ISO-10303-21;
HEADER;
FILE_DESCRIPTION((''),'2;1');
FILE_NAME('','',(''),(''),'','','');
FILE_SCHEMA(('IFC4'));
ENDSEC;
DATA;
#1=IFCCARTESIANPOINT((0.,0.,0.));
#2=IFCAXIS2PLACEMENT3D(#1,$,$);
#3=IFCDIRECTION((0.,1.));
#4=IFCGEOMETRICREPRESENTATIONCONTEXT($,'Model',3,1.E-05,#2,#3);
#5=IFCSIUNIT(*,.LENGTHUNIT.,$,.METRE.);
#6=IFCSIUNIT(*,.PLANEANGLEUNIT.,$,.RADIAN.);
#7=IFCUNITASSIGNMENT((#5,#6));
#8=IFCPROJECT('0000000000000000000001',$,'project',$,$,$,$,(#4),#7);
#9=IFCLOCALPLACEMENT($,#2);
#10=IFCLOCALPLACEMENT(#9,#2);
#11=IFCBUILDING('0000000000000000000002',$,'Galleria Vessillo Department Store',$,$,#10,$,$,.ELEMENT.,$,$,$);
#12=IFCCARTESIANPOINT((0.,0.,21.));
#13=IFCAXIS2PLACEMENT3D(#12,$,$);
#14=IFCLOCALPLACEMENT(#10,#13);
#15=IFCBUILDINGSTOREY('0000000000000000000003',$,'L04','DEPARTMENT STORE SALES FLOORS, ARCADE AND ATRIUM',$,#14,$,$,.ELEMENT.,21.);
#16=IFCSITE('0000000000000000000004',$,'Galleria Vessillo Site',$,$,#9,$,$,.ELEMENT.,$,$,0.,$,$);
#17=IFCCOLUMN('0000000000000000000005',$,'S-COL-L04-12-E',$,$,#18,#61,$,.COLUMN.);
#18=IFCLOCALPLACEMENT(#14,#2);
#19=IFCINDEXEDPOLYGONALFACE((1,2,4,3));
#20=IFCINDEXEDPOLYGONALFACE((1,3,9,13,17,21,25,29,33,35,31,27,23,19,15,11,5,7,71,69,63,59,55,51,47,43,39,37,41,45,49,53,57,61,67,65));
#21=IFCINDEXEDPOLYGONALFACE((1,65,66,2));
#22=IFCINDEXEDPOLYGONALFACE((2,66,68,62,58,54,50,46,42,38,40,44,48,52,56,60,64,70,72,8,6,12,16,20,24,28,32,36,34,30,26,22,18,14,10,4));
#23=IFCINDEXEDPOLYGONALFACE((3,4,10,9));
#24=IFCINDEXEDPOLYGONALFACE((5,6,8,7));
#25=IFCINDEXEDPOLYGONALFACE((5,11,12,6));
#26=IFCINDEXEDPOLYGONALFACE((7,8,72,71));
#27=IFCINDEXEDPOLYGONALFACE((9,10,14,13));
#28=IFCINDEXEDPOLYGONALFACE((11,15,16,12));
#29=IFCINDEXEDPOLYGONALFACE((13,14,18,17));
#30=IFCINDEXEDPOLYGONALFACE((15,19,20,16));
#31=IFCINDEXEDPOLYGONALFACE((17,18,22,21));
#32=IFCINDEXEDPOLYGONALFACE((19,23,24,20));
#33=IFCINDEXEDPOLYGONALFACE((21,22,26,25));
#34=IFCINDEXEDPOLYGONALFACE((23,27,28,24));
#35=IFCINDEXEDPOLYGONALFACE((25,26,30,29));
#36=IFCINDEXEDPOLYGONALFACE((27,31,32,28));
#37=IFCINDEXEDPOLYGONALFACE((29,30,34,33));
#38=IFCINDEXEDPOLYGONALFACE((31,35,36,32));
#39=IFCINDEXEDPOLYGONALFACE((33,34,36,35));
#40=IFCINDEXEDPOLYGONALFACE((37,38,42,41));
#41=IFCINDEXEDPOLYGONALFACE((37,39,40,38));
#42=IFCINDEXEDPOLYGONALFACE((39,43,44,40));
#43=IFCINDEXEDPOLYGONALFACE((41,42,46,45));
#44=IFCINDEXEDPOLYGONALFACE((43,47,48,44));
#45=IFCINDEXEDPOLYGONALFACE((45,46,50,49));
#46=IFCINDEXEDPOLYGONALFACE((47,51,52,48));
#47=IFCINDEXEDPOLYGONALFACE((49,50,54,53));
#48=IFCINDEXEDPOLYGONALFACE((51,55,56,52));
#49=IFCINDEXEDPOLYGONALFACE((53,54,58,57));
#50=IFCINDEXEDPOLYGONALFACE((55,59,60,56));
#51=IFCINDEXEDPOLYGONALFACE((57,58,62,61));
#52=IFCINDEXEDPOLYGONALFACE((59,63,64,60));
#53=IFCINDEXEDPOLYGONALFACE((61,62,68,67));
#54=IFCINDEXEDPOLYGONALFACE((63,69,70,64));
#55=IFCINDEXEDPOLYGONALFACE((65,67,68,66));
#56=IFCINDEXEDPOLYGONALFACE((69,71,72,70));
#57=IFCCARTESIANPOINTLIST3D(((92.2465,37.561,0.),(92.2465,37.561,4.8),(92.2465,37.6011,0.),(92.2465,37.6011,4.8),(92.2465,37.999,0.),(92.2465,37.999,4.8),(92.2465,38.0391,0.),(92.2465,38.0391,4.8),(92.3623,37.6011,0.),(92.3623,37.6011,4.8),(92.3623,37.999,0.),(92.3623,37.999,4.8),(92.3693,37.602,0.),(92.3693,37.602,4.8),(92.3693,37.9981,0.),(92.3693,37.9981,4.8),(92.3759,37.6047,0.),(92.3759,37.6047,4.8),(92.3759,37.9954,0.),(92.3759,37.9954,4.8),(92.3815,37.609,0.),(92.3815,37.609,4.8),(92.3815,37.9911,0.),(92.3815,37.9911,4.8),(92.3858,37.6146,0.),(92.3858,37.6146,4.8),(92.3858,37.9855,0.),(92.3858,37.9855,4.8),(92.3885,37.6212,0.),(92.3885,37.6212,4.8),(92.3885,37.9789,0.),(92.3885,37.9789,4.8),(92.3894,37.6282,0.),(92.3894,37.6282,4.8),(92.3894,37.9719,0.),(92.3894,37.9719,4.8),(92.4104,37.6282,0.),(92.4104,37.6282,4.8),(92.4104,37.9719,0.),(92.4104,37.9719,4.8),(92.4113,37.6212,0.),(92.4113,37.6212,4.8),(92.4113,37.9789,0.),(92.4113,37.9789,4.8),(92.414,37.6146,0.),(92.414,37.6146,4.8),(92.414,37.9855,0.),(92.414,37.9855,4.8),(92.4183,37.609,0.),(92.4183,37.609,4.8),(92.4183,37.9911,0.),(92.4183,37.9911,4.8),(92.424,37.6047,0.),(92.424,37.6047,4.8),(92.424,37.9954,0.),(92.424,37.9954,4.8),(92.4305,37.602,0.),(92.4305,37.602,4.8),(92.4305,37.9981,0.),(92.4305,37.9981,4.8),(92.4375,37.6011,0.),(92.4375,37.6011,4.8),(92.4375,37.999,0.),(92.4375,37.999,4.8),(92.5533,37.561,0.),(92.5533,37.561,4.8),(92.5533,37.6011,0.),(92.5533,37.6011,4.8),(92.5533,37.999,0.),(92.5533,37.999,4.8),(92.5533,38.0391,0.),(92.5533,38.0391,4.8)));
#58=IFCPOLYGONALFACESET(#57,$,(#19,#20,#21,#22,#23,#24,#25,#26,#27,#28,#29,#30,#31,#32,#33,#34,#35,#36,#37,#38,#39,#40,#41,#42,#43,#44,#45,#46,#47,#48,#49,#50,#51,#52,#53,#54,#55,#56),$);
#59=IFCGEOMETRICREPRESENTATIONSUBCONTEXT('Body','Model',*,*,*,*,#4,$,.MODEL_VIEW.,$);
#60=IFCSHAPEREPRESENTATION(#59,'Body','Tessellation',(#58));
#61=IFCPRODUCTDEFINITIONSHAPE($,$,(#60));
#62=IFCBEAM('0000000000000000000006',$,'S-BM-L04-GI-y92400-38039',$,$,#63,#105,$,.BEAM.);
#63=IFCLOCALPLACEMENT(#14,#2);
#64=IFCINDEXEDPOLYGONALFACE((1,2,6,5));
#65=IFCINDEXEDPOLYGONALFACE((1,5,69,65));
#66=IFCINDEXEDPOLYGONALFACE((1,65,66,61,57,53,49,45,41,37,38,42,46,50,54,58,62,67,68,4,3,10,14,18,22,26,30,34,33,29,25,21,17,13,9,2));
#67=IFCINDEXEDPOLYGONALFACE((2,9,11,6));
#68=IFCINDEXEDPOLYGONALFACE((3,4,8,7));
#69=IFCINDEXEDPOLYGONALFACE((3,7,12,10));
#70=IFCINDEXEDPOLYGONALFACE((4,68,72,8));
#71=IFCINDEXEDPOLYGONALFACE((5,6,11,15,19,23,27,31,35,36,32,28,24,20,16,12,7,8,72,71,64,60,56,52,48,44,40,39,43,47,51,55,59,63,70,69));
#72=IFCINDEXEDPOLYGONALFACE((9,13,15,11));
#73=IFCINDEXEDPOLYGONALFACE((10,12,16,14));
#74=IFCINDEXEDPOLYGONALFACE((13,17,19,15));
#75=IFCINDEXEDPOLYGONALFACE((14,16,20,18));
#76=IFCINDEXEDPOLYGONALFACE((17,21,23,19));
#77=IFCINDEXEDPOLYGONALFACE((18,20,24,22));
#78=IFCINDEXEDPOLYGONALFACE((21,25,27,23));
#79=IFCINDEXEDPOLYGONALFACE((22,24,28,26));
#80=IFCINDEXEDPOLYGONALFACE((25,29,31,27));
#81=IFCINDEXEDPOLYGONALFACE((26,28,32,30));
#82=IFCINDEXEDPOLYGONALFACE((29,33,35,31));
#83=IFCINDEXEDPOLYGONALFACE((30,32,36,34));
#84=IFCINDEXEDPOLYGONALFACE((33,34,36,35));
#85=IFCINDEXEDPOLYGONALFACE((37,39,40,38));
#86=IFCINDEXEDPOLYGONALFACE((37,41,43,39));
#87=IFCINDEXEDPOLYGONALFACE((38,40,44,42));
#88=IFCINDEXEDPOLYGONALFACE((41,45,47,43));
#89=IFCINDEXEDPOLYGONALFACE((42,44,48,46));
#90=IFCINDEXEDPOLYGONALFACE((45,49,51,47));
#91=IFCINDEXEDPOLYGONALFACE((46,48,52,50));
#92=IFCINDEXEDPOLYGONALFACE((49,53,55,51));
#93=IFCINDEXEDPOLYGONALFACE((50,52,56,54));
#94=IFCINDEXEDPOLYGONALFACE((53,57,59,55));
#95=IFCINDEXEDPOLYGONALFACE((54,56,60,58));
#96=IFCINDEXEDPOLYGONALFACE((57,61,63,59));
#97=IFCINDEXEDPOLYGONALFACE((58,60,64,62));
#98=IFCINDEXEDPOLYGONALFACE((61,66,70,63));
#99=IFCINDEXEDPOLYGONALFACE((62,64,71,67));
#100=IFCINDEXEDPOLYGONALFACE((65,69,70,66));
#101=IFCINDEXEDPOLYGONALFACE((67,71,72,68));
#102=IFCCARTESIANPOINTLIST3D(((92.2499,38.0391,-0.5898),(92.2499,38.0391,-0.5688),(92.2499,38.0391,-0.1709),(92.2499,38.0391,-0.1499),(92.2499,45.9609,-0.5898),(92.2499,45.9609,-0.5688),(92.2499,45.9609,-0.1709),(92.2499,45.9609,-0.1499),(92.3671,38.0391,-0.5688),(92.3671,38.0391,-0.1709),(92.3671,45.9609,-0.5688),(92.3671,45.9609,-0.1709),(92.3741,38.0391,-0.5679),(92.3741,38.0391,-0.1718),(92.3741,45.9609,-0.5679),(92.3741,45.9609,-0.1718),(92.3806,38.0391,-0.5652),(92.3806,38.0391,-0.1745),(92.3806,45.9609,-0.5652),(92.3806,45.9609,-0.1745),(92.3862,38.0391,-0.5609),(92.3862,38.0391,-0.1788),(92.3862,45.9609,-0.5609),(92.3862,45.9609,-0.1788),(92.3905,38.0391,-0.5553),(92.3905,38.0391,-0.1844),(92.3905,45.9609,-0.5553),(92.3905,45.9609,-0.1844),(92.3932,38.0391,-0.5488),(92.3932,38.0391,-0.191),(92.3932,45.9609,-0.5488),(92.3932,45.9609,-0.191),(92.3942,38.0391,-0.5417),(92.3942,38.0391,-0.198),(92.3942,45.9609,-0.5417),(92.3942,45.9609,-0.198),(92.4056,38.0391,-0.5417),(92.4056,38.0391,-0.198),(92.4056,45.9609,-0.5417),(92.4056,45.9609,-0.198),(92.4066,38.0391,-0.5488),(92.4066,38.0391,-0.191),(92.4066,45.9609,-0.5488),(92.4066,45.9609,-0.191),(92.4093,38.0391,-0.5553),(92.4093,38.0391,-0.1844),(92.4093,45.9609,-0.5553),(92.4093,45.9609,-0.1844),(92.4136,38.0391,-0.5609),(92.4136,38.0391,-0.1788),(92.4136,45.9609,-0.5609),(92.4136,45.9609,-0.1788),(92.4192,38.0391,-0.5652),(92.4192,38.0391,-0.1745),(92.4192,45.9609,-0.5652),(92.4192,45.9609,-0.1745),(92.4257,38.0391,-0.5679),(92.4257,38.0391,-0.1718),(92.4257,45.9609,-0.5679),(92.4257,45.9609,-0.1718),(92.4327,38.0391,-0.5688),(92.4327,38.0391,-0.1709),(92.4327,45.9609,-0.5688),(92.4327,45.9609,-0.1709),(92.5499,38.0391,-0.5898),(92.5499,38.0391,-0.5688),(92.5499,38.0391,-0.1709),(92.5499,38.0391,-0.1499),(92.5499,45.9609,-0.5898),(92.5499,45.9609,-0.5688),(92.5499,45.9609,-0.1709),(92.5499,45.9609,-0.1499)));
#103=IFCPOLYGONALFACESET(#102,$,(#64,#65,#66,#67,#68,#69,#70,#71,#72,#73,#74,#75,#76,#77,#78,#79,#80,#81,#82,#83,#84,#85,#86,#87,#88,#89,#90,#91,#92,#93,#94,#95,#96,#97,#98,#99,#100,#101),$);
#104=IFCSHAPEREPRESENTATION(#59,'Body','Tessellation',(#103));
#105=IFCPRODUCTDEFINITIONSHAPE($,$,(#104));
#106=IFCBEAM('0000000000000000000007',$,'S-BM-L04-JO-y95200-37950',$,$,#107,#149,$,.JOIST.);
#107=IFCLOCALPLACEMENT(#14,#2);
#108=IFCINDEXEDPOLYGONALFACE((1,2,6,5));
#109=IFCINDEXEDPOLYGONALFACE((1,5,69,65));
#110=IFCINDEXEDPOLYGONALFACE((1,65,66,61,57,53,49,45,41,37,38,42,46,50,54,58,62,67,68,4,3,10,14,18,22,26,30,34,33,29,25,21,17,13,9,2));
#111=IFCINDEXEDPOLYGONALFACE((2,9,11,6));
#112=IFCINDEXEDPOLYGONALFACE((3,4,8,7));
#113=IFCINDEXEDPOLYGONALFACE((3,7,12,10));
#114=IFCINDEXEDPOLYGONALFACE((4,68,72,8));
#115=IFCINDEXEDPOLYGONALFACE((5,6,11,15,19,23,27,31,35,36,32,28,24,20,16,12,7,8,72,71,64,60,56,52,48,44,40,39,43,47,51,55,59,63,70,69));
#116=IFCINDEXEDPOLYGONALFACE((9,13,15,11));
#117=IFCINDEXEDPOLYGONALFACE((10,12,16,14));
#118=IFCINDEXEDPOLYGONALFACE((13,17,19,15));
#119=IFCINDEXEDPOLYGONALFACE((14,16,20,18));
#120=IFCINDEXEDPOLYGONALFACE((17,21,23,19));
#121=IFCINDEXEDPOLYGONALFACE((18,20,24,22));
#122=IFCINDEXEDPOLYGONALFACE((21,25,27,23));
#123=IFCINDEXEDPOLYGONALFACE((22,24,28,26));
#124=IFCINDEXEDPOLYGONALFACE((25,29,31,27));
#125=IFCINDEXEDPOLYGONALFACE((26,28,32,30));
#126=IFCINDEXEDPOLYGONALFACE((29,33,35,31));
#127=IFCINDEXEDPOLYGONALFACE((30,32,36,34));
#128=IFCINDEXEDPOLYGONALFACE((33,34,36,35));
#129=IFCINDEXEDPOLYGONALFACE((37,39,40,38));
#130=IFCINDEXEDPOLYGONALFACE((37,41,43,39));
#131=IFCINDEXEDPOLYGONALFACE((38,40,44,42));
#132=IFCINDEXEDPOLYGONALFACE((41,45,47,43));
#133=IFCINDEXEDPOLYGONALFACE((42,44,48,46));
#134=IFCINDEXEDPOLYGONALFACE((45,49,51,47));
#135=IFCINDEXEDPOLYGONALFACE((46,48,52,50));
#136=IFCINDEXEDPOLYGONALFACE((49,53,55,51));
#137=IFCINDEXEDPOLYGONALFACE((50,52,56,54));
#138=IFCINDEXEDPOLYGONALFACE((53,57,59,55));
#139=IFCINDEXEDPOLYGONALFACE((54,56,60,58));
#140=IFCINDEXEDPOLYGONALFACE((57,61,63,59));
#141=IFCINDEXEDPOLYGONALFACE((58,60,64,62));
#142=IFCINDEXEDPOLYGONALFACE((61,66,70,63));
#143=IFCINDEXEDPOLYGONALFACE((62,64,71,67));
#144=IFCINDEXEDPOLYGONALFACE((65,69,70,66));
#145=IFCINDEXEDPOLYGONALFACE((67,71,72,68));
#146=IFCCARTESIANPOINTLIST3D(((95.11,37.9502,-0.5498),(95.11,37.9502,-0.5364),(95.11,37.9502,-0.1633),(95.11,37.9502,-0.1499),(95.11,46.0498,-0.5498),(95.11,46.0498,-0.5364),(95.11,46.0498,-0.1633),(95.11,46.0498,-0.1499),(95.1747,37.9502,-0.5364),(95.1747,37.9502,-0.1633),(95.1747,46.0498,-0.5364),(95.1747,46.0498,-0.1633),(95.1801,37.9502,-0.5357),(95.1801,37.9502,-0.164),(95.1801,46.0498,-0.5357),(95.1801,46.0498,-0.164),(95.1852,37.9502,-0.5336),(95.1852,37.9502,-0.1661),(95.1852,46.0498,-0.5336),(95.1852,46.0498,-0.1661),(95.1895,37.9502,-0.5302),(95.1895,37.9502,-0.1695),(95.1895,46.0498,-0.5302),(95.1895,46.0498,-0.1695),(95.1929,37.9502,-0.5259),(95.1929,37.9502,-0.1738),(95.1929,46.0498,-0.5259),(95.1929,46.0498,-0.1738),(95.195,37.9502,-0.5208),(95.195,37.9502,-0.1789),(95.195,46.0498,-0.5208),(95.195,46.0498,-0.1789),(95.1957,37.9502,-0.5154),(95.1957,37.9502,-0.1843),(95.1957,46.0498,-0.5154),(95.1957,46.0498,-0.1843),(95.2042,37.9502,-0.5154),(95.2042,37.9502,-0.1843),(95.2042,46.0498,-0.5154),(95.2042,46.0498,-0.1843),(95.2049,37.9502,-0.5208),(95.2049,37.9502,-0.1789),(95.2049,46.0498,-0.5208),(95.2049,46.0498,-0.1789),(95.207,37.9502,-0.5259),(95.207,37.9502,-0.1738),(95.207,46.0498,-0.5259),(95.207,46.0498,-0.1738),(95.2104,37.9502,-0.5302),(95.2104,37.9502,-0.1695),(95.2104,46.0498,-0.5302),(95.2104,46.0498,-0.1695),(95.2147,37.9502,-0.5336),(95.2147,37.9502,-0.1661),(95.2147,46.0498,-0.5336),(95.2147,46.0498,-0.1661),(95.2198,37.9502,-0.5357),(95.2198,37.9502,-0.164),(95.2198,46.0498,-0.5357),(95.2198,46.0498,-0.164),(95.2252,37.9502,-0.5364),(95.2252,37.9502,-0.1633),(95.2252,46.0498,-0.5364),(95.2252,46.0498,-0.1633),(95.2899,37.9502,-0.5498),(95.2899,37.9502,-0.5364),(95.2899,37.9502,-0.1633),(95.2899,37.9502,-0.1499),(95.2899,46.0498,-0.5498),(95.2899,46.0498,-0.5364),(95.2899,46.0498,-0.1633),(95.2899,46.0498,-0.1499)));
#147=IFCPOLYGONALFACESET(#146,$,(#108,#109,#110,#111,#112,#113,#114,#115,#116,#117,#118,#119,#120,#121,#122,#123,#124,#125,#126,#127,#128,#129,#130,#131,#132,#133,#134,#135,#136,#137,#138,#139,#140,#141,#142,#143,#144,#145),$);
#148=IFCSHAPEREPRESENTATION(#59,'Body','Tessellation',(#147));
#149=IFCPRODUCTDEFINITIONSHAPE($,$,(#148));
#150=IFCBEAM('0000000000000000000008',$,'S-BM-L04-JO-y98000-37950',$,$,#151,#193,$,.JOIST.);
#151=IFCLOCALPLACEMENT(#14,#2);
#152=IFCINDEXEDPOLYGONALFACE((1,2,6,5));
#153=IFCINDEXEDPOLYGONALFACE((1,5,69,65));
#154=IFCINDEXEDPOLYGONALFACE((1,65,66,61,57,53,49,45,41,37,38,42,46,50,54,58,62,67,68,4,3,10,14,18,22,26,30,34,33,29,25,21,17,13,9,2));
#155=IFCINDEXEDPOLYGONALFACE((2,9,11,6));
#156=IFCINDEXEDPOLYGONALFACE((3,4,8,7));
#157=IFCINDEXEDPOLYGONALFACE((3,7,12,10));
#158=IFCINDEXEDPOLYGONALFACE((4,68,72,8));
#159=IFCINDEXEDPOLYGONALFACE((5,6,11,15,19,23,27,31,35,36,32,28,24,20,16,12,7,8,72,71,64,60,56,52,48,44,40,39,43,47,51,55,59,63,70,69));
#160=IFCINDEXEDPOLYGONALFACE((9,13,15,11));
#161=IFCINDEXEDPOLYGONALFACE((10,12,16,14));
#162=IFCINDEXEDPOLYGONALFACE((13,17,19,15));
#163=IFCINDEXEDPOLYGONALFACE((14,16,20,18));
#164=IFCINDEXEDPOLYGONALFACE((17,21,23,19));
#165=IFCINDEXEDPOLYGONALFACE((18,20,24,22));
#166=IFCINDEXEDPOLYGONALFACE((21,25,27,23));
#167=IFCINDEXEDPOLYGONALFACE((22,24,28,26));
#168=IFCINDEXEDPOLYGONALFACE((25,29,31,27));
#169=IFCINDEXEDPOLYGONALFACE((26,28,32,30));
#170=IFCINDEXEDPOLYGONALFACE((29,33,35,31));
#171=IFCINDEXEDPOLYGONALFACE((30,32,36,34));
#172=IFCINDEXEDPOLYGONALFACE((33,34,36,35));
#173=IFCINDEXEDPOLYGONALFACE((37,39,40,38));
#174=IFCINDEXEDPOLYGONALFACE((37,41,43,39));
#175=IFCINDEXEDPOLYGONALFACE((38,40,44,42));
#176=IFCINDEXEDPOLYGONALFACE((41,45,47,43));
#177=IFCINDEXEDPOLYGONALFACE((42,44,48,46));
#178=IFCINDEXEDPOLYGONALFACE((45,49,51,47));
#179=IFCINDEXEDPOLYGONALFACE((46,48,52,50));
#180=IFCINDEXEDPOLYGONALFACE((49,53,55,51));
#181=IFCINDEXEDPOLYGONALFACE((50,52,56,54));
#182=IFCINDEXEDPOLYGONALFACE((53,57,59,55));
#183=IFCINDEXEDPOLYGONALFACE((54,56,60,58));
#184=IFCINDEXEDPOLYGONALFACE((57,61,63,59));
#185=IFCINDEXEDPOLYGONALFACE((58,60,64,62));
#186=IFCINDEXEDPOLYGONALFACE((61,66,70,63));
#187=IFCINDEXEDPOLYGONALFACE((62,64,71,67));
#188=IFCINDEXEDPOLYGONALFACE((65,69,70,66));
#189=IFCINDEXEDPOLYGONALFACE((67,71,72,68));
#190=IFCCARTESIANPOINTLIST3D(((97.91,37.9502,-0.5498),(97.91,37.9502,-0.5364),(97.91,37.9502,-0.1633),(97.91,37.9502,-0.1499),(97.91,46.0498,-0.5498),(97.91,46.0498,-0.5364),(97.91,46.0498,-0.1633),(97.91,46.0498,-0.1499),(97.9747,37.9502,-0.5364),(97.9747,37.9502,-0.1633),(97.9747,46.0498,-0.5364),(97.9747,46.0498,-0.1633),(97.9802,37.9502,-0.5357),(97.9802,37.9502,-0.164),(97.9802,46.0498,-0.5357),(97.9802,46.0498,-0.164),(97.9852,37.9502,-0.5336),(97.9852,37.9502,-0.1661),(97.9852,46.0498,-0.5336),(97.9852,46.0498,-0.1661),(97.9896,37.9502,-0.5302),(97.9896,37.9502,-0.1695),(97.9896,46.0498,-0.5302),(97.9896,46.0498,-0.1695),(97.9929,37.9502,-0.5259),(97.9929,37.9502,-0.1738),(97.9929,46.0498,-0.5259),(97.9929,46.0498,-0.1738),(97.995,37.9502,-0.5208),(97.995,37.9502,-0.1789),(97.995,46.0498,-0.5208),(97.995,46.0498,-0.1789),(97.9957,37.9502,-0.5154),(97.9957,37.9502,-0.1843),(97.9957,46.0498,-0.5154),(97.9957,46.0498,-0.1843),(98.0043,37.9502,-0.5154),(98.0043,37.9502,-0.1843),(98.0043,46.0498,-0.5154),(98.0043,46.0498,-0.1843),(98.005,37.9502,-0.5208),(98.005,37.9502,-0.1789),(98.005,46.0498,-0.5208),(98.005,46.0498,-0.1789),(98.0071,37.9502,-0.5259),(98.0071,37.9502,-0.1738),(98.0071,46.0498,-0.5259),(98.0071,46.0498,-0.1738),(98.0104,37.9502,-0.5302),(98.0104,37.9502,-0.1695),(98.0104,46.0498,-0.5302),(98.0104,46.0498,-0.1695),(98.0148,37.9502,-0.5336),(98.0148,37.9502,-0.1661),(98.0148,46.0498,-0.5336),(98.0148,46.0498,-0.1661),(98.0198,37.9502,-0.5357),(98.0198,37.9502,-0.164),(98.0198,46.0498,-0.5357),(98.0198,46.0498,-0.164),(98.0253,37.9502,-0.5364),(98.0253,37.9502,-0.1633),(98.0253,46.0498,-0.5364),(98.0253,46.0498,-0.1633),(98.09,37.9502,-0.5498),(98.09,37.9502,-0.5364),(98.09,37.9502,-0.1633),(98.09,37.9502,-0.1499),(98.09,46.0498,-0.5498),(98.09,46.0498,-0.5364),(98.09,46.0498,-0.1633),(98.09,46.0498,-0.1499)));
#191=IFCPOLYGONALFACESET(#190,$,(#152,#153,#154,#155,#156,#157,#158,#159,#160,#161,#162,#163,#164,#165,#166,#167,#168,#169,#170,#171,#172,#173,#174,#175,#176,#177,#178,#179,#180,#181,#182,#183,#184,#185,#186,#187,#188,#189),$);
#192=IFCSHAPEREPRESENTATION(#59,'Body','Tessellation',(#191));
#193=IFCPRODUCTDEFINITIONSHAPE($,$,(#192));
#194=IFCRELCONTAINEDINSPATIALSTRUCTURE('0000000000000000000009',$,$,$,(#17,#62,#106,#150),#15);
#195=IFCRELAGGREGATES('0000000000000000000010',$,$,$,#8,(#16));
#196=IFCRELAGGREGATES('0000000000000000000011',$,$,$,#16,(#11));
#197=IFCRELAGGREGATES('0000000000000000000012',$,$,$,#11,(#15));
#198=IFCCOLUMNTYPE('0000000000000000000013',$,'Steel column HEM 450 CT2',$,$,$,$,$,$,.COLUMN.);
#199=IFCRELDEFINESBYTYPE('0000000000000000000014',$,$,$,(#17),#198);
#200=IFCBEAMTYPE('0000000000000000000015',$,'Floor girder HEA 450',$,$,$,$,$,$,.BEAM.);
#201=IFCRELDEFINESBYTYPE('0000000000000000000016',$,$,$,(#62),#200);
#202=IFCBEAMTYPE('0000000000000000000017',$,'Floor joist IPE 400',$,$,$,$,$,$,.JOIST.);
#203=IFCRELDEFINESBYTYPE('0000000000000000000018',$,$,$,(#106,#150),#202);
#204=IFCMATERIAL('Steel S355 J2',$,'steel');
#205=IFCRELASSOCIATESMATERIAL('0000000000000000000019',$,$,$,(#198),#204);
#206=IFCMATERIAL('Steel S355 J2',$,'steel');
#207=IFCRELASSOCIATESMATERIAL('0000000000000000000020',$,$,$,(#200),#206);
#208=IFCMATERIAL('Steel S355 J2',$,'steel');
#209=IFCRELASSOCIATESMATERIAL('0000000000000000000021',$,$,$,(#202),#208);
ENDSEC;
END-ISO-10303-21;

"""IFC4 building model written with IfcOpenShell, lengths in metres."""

from ifc_helpers import new_model, si_unit, direction, frame, origin, origin_2d, place, context, subcontext, project, spatial, i_section, extrude, material, material_profile, profile_set, type_object, element, save


model = new_model("IFC4")

# Units and contexts
model_context = context("Model", 3, precision=1e-05, world=origin(), true_north=direction((0.0, 1.0)))
body_context = subcontext(model_context, "Body", "Model", "MODEL_VIEW")
ifc_project = project(units=[si_unit("LENGTHUNIT", "METRE"), si_unit("PLANEANGLEUNIT", "RADIAN")], contexts=[model_context])

# Site, building, storey
site_placement = place(None, origin())
site = spatial("IfcSite", under=ifc_project, at=site_placement, Name="Galleria Vessillo Site", CompositionType="ELEMENT", RefElevation=0.0)
building_placement = place(site_placement, origin())
building = spatial("IfcBuilding", under=site, at=building_placement, Name="Galleria Vessillo Department Store", CompositionType="ELEMENT")
storey_placement = place(building_placement, frame((0.0, 0.0, 21.0)))
storey = spatial("IfcBuildingStorey", under=building, at=storey_placement, Name="L04", Description="DEPARTMENT STORE SALES FLOORS, ARCADE AND ATRIUM", CompositionType="ELEMENT", Elevation=21.0)

# Column
ifc_material_1 = material(Name="Steel S355 J2", Category="steel")
ifc_material_profile_1 = material_profile(ifc_material_1, i_section(OverallWidth=0.3069, OverallDepth=0.478, WebThickness=0.021, FlangeThickness=0.04, FilletRadius=0.0271, at=origin_2d()), Name="HEM 450")
ifc_profile_set_1 = profile_set([ifc_material_profile_1], Name="Steel S355 J2")
column_type = type_object("IfcColumnType", Name="Steel column HEM 450 CT2", PredefinedType="COLUMN", material=ifc_profile_set_1)
column_placement = place(storey_placement, frame((92.3999, 37.8, 0.0), z_axis=(0.0, 0.0, 1.0), x_axis=(1.0, 0.0, 0.0)))
element("IfcColumn", 1, at=column_placement, inside=storey, type_object=column_type, Name="S-COL-L04-12-E", PredefinedType="COLUMN", context=body_context, shape_type="SweptSolid", body=[
    extrude(i_section(OverallWidth=0.3069, OverallDepth=0.478, WebThickness=0.021, FlangeThickness=0.04, FilletRadius=0.0271, at=origin_2d()), origin(), (0.0, 0.0, 1.0), 4.8),
])

# Beams
ifc_material_2 = material(Name="Steel S355 J2", Category="steel")
ifc_material_profile_2 = material_profile(ifc_material_2, i_section(OverallWidth=0.3, OverallDepth=0.4399, WebThickness=0.0115, FlangeThickness=0.021, FilletRadius=0.0271, at=origin_2d()), Name="HEA 450")
ifc_profile_set_2 = profile_set([ifc_material_profile_2], Name="Steel S355 J2")
beam_type_1 = type_object("IfcBeamType", Name="Floor girder HEA 450", PredefinedType="BEAM", material=ifc_profile_set_2)
beam_1_placement = place(storey_placement, frame((92.3999, 38.0391, -0.3699), z_axis=(0.0, 1.0, 0.0), x_axis=(-1.0, 0.0, 0.0)))
element("IfcBeam", 2, at=beam_1_placement, inside=storey, type_object=beam_type_1, Name="S-BM-L04-GI-y92400-38039", PredefinedType="BEAM", context=body_context, shape_type="SweptSolid", body=[
    extrude(i_section(OverallWidth=0.3, OverallDepth=0.4399, WebThickness=0.0115, FlangeThickness=0.021, FilletRadius=0.0271, at=origin_2d()), origin(), (0.0, 0.0, 1.0), 7.9219),
])
ifc_material_3 = material(Name="Steel S355 J2", Category="steel")
ifc_material_profile_3 = material_profile(ifc_material_3, i_section(OverallWidth=0.1799, OverallDepth=0.3999, WebThickness=0.0085, FlangeThickness=0.0134, FilletRadius=0.021, at=origin_2d()), Name="IPE 400")
ifc_profile_set_3 = profile_set([ifc_material_profile_3], Name="Steel S355 J2")
beam_type_2 = type_object("IfcBeamType", Name="Floor joist IPE 400", PredefinedType="JOIST", material=ifc_profile_set_3)
for number, where, z_axis, x_axis, name in (
    (3, (95.2, 37.9502, -0.3499), (0.0, 1.0, 0.0), (-1.0, 0.0, 0.0), "S-BM-L04-JO-y95200-37950"),
    (4, (98.0, 37.9502, -0.3499), (0.0, 1.0, 0.0), (-1.0, 0.0, 0.0), "S-BM-L04-JO-y98000-37950"),
):
    element("IfcBeam", number, at=place(storey_placement, frame(where, z_axis=z_axis, x_axis=x_axis)), inside=storey, type_object=beam_type_2, Name=name, PredefinedType="JOIST", context=body_context, shape_type="SweptSolid", body=[
        extrude(i_section(OverallWidth=0.1799, OverallDepth=0.3999, WebThickness=0.0085, FlangeThickness=0.0134, FilletRadius=0.021, at=origin_2d()), origin(), (0.0, 0.0, 1.0), 8.0996),
    ])

save(model, "model.ifc")
